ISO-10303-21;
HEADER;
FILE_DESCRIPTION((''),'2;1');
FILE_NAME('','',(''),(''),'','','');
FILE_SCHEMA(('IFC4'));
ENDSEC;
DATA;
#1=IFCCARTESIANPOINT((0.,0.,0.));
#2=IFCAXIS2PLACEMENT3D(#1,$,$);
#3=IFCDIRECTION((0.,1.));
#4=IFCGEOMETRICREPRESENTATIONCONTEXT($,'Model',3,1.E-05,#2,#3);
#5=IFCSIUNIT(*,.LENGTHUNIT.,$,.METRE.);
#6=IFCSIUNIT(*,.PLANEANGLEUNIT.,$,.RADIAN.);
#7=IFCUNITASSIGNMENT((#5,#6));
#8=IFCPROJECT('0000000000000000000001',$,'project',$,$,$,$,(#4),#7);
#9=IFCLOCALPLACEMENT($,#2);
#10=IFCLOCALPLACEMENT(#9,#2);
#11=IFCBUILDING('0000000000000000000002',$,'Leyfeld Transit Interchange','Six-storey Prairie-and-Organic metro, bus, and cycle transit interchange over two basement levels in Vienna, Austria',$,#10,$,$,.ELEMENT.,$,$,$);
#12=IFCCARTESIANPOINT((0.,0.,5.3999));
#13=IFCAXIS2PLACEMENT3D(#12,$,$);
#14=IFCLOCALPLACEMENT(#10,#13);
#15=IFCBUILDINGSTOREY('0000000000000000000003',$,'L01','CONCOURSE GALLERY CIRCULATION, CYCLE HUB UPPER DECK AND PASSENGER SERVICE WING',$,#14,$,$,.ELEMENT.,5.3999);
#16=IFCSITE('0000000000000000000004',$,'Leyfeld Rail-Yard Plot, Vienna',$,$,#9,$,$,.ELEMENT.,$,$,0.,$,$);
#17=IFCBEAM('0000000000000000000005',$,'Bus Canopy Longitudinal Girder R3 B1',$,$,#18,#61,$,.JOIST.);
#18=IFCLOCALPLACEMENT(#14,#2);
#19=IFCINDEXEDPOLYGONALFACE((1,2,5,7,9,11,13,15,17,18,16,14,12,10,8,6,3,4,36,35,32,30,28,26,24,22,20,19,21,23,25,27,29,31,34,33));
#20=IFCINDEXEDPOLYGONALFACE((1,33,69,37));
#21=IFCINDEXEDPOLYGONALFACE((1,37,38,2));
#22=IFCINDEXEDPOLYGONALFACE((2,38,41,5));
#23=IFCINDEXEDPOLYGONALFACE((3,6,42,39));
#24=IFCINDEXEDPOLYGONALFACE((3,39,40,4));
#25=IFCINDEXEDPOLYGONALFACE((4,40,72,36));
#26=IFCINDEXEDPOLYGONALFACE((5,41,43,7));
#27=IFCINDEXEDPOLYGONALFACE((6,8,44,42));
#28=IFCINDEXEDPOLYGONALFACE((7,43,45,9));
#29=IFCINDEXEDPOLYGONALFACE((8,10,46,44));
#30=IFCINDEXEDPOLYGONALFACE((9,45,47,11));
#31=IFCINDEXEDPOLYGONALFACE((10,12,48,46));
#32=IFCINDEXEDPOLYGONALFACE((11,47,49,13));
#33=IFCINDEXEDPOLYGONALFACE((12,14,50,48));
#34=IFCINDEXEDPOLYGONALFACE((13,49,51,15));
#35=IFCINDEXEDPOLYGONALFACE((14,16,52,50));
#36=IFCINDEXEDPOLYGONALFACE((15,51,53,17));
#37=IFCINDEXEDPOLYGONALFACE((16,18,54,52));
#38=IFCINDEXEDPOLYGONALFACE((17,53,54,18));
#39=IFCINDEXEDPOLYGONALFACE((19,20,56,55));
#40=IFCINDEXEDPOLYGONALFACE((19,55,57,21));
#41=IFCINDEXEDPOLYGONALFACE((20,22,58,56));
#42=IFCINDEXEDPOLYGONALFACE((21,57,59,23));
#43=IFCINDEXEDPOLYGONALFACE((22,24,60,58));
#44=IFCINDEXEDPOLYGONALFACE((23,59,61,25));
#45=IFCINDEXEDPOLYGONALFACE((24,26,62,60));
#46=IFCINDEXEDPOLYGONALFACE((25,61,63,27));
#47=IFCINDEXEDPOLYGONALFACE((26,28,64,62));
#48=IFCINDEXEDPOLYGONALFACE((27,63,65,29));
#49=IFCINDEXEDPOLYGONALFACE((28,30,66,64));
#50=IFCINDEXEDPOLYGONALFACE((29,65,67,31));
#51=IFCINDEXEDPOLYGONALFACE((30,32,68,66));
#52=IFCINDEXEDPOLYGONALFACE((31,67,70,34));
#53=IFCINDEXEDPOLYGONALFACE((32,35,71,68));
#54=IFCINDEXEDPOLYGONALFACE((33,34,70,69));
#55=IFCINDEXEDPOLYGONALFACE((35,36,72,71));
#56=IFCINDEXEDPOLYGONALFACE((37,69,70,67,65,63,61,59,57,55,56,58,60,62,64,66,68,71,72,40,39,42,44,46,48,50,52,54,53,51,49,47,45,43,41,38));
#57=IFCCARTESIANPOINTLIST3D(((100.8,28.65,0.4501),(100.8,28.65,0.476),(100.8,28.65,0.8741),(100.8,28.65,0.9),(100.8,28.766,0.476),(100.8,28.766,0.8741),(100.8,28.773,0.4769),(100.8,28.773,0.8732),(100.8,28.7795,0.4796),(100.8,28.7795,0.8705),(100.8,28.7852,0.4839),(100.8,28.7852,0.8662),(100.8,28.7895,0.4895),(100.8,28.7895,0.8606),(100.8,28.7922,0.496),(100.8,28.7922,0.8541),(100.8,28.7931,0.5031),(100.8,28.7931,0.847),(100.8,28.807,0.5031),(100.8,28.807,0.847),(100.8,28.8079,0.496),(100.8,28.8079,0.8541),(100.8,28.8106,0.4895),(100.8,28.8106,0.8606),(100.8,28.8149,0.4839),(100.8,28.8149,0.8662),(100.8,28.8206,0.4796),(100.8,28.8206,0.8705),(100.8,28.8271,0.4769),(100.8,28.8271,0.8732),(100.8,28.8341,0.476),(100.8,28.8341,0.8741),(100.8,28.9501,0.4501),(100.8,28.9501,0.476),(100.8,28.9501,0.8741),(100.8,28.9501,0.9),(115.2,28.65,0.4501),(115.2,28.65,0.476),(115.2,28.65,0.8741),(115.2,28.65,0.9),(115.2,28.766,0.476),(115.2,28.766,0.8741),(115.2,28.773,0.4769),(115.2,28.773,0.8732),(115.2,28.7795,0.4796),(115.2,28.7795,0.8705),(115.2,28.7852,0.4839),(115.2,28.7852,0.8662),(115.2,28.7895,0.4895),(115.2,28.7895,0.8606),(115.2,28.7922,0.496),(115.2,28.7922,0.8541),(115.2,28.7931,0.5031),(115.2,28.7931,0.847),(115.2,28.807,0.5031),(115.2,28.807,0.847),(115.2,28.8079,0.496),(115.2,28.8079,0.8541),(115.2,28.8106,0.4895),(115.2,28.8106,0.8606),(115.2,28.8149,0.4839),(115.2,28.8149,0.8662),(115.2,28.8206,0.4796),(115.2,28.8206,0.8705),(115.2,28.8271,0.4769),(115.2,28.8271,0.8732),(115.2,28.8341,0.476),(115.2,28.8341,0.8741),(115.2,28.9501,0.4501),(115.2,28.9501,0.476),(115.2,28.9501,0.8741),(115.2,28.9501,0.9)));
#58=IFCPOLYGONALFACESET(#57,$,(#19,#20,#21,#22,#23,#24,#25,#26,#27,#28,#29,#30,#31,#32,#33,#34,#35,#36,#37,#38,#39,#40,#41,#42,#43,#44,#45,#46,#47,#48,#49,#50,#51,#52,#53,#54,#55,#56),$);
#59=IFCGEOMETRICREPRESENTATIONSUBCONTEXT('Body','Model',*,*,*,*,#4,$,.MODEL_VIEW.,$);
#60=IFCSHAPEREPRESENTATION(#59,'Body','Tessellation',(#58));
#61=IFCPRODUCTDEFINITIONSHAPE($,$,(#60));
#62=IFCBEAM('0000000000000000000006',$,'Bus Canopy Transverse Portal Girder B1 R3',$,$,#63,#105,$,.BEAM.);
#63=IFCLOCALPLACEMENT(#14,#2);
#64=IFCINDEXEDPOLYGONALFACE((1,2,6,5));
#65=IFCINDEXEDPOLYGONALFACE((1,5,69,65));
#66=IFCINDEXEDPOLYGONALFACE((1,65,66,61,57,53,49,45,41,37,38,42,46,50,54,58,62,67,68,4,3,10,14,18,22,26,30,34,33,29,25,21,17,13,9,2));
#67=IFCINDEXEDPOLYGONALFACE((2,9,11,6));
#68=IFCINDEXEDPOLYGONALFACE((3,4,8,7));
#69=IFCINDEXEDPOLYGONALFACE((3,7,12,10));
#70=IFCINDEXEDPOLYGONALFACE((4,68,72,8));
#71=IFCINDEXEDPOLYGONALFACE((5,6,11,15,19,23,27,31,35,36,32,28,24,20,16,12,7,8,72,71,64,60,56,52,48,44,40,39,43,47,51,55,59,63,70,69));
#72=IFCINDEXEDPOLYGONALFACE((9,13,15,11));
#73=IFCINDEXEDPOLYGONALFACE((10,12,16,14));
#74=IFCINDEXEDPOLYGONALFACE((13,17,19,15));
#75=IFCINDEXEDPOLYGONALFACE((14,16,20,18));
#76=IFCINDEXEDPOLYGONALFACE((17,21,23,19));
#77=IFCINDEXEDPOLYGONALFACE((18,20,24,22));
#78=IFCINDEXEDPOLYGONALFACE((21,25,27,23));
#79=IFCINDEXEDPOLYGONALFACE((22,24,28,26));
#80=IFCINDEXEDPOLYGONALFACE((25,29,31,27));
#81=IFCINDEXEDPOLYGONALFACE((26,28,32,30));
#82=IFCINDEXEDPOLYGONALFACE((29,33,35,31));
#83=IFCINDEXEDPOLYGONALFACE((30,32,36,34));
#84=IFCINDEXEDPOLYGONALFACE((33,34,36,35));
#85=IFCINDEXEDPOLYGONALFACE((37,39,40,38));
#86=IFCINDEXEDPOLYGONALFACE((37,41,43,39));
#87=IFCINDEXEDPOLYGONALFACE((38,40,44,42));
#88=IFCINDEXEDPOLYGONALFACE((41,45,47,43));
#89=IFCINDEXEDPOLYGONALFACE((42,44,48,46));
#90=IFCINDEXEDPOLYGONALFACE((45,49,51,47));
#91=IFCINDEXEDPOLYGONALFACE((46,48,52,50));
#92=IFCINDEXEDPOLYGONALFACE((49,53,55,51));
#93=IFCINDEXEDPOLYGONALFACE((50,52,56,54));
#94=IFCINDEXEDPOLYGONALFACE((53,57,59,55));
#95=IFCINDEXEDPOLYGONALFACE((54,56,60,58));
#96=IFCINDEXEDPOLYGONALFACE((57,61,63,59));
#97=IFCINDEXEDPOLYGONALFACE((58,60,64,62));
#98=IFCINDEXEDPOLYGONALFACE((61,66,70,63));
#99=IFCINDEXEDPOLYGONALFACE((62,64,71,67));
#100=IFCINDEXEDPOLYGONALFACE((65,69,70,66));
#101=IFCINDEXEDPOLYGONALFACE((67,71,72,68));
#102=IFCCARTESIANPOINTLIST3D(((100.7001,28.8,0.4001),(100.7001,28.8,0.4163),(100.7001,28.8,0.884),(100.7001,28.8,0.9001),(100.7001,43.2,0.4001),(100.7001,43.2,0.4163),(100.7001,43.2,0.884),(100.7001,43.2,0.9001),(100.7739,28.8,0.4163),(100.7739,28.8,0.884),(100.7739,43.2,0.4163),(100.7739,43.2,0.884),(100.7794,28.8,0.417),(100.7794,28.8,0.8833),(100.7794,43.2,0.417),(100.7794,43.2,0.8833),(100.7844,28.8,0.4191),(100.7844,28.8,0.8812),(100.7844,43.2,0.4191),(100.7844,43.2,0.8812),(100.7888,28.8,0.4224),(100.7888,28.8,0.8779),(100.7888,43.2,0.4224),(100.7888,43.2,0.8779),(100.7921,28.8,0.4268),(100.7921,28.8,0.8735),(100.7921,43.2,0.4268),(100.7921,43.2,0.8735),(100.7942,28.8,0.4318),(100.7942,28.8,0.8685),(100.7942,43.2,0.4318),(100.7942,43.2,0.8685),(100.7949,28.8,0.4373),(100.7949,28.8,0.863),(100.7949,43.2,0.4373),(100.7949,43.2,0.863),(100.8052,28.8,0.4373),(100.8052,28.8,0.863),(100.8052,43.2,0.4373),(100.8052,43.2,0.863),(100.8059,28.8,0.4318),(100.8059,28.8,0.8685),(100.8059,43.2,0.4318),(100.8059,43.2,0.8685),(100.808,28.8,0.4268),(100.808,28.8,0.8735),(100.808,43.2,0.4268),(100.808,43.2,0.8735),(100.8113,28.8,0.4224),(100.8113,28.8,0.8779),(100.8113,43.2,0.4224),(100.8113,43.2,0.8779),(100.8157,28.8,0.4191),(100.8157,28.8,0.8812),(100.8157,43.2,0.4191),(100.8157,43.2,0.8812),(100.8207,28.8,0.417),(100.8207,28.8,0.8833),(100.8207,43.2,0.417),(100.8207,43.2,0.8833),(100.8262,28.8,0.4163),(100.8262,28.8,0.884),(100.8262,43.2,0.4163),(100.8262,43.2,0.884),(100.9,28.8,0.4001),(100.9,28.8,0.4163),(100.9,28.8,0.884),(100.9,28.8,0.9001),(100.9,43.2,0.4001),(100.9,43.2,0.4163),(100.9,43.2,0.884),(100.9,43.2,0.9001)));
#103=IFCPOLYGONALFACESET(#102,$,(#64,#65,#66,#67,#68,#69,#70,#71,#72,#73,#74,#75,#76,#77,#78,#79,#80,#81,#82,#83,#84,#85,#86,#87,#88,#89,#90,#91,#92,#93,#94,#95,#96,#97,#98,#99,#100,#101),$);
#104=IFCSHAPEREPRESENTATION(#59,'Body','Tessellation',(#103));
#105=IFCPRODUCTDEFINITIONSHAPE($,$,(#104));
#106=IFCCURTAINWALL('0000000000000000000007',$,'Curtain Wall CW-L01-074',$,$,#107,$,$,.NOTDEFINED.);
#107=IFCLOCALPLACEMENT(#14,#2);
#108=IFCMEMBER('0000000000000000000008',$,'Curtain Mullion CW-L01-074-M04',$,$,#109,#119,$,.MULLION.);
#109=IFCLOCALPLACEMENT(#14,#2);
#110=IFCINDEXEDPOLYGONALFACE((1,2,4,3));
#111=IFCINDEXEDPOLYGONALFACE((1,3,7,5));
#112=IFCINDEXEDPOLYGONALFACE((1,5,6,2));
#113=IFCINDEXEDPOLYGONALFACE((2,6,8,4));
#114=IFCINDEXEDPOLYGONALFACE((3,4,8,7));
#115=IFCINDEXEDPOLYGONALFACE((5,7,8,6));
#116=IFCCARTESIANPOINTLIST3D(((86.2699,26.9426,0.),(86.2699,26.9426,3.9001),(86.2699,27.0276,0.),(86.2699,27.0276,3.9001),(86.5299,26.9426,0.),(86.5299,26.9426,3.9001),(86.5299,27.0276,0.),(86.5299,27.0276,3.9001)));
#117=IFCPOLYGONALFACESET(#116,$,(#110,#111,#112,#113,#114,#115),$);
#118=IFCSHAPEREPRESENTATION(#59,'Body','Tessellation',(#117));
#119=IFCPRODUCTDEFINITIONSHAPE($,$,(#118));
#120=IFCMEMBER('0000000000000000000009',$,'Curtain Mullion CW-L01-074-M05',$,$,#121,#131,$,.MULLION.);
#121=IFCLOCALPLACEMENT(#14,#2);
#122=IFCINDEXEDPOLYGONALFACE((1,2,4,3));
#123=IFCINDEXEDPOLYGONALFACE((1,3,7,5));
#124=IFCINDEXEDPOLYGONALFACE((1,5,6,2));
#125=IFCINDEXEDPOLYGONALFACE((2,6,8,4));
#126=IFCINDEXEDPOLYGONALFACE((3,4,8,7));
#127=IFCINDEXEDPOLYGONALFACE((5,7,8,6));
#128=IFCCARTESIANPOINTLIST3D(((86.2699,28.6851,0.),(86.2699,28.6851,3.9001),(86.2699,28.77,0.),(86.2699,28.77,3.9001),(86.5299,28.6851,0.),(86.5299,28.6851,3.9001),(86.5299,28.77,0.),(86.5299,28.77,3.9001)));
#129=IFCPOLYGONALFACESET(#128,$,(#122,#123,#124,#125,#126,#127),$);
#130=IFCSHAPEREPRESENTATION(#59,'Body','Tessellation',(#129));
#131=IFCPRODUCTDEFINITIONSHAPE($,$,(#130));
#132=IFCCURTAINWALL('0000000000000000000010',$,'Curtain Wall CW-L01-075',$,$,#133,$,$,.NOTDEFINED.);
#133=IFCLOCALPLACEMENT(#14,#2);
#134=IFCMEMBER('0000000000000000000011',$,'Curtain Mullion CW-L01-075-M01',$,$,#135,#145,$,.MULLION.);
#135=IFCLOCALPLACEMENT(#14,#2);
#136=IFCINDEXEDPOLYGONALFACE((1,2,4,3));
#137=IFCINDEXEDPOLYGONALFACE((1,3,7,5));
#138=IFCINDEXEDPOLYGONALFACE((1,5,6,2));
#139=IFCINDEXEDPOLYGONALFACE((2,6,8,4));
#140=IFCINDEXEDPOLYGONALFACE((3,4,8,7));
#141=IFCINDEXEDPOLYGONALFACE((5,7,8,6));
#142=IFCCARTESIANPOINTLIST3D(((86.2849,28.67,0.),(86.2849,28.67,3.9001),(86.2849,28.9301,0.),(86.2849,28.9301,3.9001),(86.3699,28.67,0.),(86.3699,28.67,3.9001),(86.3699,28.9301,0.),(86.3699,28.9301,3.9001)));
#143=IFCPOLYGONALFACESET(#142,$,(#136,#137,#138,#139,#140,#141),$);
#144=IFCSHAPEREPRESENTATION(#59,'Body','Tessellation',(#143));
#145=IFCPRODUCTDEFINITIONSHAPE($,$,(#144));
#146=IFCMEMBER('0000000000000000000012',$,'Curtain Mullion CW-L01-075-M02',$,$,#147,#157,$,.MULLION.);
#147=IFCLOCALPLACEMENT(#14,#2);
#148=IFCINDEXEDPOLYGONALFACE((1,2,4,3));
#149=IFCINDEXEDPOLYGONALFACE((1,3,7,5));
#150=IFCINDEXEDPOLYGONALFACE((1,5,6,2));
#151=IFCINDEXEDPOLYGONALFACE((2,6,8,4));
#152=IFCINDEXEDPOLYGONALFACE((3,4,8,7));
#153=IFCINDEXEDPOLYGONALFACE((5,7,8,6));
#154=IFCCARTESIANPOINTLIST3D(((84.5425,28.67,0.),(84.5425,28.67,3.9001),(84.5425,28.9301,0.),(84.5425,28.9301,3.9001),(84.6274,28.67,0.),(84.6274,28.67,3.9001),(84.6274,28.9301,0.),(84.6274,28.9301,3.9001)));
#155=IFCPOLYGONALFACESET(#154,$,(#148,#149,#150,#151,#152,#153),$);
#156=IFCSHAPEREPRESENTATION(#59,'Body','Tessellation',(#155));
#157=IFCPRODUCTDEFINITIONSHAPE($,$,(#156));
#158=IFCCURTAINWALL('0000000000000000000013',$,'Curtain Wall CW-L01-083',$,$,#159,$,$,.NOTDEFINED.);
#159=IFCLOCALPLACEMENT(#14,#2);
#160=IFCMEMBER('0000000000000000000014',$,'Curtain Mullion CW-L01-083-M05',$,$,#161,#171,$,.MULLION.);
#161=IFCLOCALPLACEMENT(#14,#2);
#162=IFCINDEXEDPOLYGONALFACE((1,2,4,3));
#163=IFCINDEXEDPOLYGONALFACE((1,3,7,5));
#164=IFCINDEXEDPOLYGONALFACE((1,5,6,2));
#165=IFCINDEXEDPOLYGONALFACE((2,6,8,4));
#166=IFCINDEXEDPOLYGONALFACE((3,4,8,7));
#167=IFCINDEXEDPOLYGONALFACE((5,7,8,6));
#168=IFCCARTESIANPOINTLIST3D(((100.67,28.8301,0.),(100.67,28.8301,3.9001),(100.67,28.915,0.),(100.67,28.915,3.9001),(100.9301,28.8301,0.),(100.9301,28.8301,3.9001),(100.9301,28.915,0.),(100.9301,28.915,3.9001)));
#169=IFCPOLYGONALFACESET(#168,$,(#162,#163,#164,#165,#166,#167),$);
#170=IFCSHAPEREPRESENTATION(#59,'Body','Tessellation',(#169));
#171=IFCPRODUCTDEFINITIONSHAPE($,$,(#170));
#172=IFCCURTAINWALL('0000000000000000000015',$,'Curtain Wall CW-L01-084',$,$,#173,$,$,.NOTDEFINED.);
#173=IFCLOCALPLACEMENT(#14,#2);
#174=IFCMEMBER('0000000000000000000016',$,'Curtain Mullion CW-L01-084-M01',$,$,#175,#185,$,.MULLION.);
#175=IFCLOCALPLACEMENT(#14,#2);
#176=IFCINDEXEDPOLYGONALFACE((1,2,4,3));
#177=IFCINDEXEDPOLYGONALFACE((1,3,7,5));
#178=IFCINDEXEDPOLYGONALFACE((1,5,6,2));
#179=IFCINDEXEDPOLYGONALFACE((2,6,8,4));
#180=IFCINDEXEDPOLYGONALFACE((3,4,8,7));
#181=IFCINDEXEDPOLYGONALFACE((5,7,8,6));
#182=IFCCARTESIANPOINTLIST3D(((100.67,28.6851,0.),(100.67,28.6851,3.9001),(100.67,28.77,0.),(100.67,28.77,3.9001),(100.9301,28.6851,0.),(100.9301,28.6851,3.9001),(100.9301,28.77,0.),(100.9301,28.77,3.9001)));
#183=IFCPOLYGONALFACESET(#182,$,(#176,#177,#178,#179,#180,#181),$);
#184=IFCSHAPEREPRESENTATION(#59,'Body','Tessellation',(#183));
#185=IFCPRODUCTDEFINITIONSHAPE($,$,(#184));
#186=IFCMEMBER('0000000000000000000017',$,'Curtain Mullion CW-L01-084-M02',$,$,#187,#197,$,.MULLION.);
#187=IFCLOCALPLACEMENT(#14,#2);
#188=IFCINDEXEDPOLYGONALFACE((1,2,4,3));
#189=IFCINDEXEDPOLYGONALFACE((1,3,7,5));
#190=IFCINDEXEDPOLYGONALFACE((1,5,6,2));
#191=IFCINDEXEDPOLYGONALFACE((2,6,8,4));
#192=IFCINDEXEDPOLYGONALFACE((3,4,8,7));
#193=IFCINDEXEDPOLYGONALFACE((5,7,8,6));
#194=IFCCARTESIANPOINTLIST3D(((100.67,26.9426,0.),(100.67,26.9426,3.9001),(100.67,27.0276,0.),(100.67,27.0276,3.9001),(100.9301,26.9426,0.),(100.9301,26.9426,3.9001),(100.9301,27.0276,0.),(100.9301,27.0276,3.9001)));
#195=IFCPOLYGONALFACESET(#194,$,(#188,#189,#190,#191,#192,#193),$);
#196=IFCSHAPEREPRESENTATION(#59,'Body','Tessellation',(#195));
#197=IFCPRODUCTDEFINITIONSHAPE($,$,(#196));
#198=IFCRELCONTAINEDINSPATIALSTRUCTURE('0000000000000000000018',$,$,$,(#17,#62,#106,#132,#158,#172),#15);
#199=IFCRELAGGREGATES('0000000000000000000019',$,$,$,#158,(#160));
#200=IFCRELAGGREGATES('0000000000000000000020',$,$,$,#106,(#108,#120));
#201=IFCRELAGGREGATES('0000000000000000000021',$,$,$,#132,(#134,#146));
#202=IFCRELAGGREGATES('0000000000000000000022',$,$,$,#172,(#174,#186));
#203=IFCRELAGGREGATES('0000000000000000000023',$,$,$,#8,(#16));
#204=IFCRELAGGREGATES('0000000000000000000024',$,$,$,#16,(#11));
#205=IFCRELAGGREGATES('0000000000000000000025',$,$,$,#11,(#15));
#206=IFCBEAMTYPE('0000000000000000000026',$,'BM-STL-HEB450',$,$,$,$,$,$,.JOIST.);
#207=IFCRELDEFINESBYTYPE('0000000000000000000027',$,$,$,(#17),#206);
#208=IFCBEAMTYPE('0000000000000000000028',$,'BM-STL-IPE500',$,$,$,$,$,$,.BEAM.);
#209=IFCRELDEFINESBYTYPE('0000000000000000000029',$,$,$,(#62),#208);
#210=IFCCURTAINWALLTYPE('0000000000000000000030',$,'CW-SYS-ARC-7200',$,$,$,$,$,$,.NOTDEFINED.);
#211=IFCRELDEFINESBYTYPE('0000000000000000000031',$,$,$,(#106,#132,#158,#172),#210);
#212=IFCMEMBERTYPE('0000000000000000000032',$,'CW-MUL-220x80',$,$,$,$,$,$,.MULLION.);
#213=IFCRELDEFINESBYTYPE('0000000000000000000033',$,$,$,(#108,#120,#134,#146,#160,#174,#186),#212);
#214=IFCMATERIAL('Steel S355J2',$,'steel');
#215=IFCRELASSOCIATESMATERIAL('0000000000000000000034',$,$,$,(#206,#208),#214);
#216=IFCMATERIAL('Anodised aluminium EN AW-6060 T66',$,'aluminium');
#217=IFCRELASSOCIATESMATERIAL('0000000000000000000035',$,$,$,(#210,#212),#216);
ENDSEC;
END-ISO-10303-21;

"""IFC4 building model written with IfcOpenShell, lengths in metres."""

from ifc_helpers import new_model, si_unit, direction, frame, origin, origin_2d, place, context, subcontext, project, spatial, rectangle, i_section, extrude, material, material_profile, profile_set, type_object, element, aggregate, save


model = new_model("IFC4")

# Units and contexts
model_context = context("Model", 3, precision=1e-05, world=origin(), true_north=direction((0.0, 1.0)))
body_context = subcontext(model_context, "Body", "Model", "MODEL_VIEW")
ifc_project = project(units=[si_unit("LENGTHUNIT", "METRE"), si_unit("PLANEANGLEUNIT", "RADIAN")], contexts=[model_context])

# Site, building, storey
site_placement = place(None, origin())
site = spatial("IfcSite", under=ifc_project, at=site_placement, Name="Leyfeld Rail-Yard Plot, Vienna", CompositionType="ELEMENT", RefElevation=0.0)
building_placement = place(site_placement, origin())
building = spatial("IfcBuilding", under=site, at=building_placement, Name="Leyfeld Transit Interchange", Description="Six-storey Prairie-and-Organic metro, bus, and cycle transit interchange over two basement levels in Vienna, Austria", CompositionType="ELEMENT")
storey_placement = place(building_placement, frame((0.0, 0.0, 5.3999)))
storey = spatial("IfcBuildingStorey", under=building, at=storey_placement, Name="L01", Description="CONCOURSE GALLERY CIRCULATION, CYCLE HUB UPPER DECK AND PASSENGER SERVICE WING", CompositionType="ELEMENT", Elevation=5.3999)

# Beams
ifc_material_1 = material(Name="Steel S355J2", Category="steel")
ifc_material_profile_1 = material_profile(ifc_material_1, i_section(OverallWidth=0.3, OverallDepth=0.45, WebThickness=0.0139, FlangeThickness=0.0259, FilletRadius=0.0271, at=origin_2d()), Name="HEB 450")
ifc_profile_set_1 = profile_set([ifc_material_profile_1], Name="Steel S355J2")
beam_type_1 = type_object("IfcBeamType", Name="BM-STL-HEB450", PredefinedType="JOIST", material=ifc_profile_set_1)
beam_1_placement = place(storey_placement, frame((100.8, 28.8, 0.675), z_axis=(1.0, 0.0, 0.0), x_axis=(0.0, 1.0, 0.0)))
element("IfcBeam", 1, at=beam_1_placement, inside=storey, type_object=beam_type_1, Name="Bus Canopy Longitudinal Girder R3 B1", PredefinedType="JOIST", context=body_context, shape_type="SweptSolid", body=[
    extrude(i_section(OverallWidth=0.3, OverallDepth=0.45, WebThickness=0.0139, FlangeThickness=0.0259, FilletRadius=0.0271, at=origin_2d()), origin(), (0.0, 0.0, 1.0), 14.3999),
])
ifc_material_profile_2 = material_profile(ifc_material_1, i_section(OverallWidth=0.2, OverallDepth=0.5, WebThickness=0.0103, FlangeThickness=0.0161, FilletRadius=0.021, at=origin_2d()), Name="IPE 500")
ifc_profile_set_2 = profile_set([ifc_material_profile_2], Name="Steel S355J2")
beam_type_2 = type_object("IfcBeamType", Name="BM-STL-IPE500", PredefinedType="BEAM", material=ifc_profile_set_2)
beam_2_placement = place(storey_placement, frame((100.8, 28.8, 0.6501), z_axis=(0.0, 1.0, 0.0), x_axis=(-1.0, 0.0, 0.0)))
element("IfcBeam", 2, at=beam_2_placement, inside=storey, type_object=beam_type_2, Name="Bus Canopy Transverse Portal Girder B1 R3", PredefinedType="BEAM", context=body_context, shape_type="SweptSolid", body=[
    extrude(i_section(OverallWidth=0.2, OverallDepth=0.5, WebThickness=0.0103, FlangeThickness=0.0161, FilletRadius=0.021, at=origin_2d()), origin(), (0.0, 0.0, 1.0), 14.3999),
])

# Curtain walls, members
ifc_material_2 = material(Name="Anodised aluminium EN AW-6060 T66", Category="aluminium")
curtain_wall_type = type_object("IfcCurtainWallType", Name="CW-SYS-ARC-7200", PredefinedType="NOTDEFINED", material=ifc_material_2)
curtain_wall_1_placement = place(storey_placement, origin())
curtain_wall_1 = element("IfcCurtainWall", 3, at=curtain_wall_1_placement, inside=storey, type_object=curtain_wall_type, Name="Curtain Wall CW-L01-074", PredefinedType="NOTDEFINED")
ifc_material_profile_3 = material_profile(ifc_material_2, rectangle(XDim=0.085, YDim=0.26, at=origin_2d()), Name="CW-M 85x260")
ifc_profile_set_3 = profile_set([ifc_material_profile_3], Name="Anodised aluminium EN AW-6060 T66")
member_type_1 = type_object("IfcMemberType", Name="CW-MUL-220x80", PredefinedType="MULLION", material=ifc_profile_set_3)
member_1_placement = place(storey_placement, frame((86.3999, 26.9851, 0.0), z_axis=(0.0, 0.0, 1.0), x_axis=(0.0, 1.0, 0.0)))
member_1 = element("IfcMember", 4, at=member_1_placement, type_object=member_type_1, Name="Curtain Mullion CW-L01-074-M04", PredefinedType="MULLION", context=body_context, shape_type="SweptSolid", body=[
    extrude(rectangle(XDim=0.085, YDim=0.26, at=origin_2d()), origin(), (0.0, 0.0, 1.0), 3.9001),
])
member_2_placement = place(storey_placement, frame((86.3999, 28.7275, 0.0), z_axis=(0.0, 0.0, 1.0), x_axis=(0.0, 1.0, 0.0)))
member_2 = element("IfcMember", 5, at=member_2_placement, type_object=member_type_1, Name="Curtain Mullion CW-L01-074-M05", PredefinedType="MULLION", context=body_context, shape_type="SweptSolid", body=[
    extrude(rectangle(XDim=0.085, YDim=0.26, at=origin_2d()), origin(), (0.0, 0.0, 1.0), 3.9001),
])
curtain_wall_2_placement = place(storey_placement, origin())
curtain_wall_2 = element("IfcCurtainWall", 6, at=curtain_wall_2_placement, inside=storey, type_object=curtain_wall_type, Name="Curtain Wall CW-L01-075", PredefinedType="NOTDEFINED")
member_3_placement = place(storey_placement, frame((86.3274, 28.8, 0.0), z_axis=(0.0, 0.0, 1.0), x_axis=(-1.0, 0.0, 0.0)))
member_3 = element("IfcMember", 7, at=member_3_placement, type_object=member_type_1, Name="Curtain Mullion CW-L01-075-M01", PredefinedType="MULLION", context=body_context, shape_type="SweptSolid", body=[
    extrude(rectangle(XDim=0.085, YDim=0.26, at=origin_2d()), origin(), (0.0, 0.0, 1.0), 3.9001),
])
member_4_placement = place(storey_placement, frame((84.585, 28.8, 0.0), z_axis=(0.0, 0.0, 1.0), x_axis=(-1.0, 0.0, 0.0)))
member_4 = element("IfcMember", 8, at=member_4_placement, type_object=member_type_1, Name="Curtain Mullion CW-L01-075-M02", PredefinedType="MULLION", context=body_context, shape_type="SweptSolid", body=[
    extrude(rectangle(XDim=0.085, YDim=0.26, at=origin_2d()), origin(), (0.0, 0.0, 1.0), 3.9001),
])

# Curtain wall, member
curtain_wall_3_placement = place(storey_placement, origin())
curtain_wall_3 = element("IfcCurtainWall", 9, at=curtain_wall_3_placement, inside=storey, type_object=curtain_wall_type, Name="Curtain Wall CW-L01-083", PredefinedType="NOTDEFINED")
member_5_placement = place(storey_placement, frame((100.8, 28.8726, 0.0), z_axis=(0.0, 0.0, 1.0), x_axis=(0.0, -1.0, 0.0)))
member_5 = element("IfcMember", 10, at=member_5_placement, type_object=member_type_1, Name="Curtain Mullion CW-L01-083-M05", PredefinedType="MULLION", context=body_context, shape_type="SweptSolid", body=[
    extrude(rectangle(XDim=0.085, YDim=0.26, at=origin_2d()), origin(), (0.0, 0.0, 1.0), 3.9001),
])
aggregate(curtain_wall_3, [member_5])

# Curtain wall, members
curtain_wall_4_placement = place(storey_placement, origin())
curtain_wall_4 = element("IfcCurtainWall", 11, at=curtain_wall_4_placement, inside=storey, type_object=curtain_wall_type, Name="Curtain Wall CW-L01-084", PredefinedType="NOTDEFINED")
member_6_placement = place(storey_placement, frame((100.8, 28.7275, 0.0), z_axis=(0.0, 0.0, 1.0), x_axis=(0.0, -1.0, 0.0)))
member_6 = element("IfcMember", 12, at=member_6_placement, type_object=member_type_1, Name="Curtain Mullion CW-L01-084-M01", PredefinedType="MULLION", context=body_context, shape_type="SweptSolid", body=[
    extrude(rectangle(XDim=0.085, YDim=0.26, at=origin_2d()), origin(), (0.0, 0.0, 1.0), 3.9001),
])
member_7_placement = place(storey_placement, frame((100.8, 26.9851, 0.0), z_axis=(0.0, 0.0, 1.0), x_axis=(0.0, -1.0, 0.0)))
member_7 = element("IfcMember", 13, at=member_7_placement, type_object=member_type_1, Name="Curtain Mullion CW-L01-084-M02", PredefinedType="MULLION", context=body_context, shape_type="SweptSolid", body=[
    extrude(rectangle(XDim=0.085, YDim=0.26, at=origin_2d()), origin(), (0.0, 0.0, 1.0), 3.9001),
])

aggregate(curtain_wall_1, [member_1, member_2])
aggregate(curtain_wall_2, [member_3, member_4])
aggregate(curtain_wall_4, [member_6, member_7])

save(model, "model.ifc")
